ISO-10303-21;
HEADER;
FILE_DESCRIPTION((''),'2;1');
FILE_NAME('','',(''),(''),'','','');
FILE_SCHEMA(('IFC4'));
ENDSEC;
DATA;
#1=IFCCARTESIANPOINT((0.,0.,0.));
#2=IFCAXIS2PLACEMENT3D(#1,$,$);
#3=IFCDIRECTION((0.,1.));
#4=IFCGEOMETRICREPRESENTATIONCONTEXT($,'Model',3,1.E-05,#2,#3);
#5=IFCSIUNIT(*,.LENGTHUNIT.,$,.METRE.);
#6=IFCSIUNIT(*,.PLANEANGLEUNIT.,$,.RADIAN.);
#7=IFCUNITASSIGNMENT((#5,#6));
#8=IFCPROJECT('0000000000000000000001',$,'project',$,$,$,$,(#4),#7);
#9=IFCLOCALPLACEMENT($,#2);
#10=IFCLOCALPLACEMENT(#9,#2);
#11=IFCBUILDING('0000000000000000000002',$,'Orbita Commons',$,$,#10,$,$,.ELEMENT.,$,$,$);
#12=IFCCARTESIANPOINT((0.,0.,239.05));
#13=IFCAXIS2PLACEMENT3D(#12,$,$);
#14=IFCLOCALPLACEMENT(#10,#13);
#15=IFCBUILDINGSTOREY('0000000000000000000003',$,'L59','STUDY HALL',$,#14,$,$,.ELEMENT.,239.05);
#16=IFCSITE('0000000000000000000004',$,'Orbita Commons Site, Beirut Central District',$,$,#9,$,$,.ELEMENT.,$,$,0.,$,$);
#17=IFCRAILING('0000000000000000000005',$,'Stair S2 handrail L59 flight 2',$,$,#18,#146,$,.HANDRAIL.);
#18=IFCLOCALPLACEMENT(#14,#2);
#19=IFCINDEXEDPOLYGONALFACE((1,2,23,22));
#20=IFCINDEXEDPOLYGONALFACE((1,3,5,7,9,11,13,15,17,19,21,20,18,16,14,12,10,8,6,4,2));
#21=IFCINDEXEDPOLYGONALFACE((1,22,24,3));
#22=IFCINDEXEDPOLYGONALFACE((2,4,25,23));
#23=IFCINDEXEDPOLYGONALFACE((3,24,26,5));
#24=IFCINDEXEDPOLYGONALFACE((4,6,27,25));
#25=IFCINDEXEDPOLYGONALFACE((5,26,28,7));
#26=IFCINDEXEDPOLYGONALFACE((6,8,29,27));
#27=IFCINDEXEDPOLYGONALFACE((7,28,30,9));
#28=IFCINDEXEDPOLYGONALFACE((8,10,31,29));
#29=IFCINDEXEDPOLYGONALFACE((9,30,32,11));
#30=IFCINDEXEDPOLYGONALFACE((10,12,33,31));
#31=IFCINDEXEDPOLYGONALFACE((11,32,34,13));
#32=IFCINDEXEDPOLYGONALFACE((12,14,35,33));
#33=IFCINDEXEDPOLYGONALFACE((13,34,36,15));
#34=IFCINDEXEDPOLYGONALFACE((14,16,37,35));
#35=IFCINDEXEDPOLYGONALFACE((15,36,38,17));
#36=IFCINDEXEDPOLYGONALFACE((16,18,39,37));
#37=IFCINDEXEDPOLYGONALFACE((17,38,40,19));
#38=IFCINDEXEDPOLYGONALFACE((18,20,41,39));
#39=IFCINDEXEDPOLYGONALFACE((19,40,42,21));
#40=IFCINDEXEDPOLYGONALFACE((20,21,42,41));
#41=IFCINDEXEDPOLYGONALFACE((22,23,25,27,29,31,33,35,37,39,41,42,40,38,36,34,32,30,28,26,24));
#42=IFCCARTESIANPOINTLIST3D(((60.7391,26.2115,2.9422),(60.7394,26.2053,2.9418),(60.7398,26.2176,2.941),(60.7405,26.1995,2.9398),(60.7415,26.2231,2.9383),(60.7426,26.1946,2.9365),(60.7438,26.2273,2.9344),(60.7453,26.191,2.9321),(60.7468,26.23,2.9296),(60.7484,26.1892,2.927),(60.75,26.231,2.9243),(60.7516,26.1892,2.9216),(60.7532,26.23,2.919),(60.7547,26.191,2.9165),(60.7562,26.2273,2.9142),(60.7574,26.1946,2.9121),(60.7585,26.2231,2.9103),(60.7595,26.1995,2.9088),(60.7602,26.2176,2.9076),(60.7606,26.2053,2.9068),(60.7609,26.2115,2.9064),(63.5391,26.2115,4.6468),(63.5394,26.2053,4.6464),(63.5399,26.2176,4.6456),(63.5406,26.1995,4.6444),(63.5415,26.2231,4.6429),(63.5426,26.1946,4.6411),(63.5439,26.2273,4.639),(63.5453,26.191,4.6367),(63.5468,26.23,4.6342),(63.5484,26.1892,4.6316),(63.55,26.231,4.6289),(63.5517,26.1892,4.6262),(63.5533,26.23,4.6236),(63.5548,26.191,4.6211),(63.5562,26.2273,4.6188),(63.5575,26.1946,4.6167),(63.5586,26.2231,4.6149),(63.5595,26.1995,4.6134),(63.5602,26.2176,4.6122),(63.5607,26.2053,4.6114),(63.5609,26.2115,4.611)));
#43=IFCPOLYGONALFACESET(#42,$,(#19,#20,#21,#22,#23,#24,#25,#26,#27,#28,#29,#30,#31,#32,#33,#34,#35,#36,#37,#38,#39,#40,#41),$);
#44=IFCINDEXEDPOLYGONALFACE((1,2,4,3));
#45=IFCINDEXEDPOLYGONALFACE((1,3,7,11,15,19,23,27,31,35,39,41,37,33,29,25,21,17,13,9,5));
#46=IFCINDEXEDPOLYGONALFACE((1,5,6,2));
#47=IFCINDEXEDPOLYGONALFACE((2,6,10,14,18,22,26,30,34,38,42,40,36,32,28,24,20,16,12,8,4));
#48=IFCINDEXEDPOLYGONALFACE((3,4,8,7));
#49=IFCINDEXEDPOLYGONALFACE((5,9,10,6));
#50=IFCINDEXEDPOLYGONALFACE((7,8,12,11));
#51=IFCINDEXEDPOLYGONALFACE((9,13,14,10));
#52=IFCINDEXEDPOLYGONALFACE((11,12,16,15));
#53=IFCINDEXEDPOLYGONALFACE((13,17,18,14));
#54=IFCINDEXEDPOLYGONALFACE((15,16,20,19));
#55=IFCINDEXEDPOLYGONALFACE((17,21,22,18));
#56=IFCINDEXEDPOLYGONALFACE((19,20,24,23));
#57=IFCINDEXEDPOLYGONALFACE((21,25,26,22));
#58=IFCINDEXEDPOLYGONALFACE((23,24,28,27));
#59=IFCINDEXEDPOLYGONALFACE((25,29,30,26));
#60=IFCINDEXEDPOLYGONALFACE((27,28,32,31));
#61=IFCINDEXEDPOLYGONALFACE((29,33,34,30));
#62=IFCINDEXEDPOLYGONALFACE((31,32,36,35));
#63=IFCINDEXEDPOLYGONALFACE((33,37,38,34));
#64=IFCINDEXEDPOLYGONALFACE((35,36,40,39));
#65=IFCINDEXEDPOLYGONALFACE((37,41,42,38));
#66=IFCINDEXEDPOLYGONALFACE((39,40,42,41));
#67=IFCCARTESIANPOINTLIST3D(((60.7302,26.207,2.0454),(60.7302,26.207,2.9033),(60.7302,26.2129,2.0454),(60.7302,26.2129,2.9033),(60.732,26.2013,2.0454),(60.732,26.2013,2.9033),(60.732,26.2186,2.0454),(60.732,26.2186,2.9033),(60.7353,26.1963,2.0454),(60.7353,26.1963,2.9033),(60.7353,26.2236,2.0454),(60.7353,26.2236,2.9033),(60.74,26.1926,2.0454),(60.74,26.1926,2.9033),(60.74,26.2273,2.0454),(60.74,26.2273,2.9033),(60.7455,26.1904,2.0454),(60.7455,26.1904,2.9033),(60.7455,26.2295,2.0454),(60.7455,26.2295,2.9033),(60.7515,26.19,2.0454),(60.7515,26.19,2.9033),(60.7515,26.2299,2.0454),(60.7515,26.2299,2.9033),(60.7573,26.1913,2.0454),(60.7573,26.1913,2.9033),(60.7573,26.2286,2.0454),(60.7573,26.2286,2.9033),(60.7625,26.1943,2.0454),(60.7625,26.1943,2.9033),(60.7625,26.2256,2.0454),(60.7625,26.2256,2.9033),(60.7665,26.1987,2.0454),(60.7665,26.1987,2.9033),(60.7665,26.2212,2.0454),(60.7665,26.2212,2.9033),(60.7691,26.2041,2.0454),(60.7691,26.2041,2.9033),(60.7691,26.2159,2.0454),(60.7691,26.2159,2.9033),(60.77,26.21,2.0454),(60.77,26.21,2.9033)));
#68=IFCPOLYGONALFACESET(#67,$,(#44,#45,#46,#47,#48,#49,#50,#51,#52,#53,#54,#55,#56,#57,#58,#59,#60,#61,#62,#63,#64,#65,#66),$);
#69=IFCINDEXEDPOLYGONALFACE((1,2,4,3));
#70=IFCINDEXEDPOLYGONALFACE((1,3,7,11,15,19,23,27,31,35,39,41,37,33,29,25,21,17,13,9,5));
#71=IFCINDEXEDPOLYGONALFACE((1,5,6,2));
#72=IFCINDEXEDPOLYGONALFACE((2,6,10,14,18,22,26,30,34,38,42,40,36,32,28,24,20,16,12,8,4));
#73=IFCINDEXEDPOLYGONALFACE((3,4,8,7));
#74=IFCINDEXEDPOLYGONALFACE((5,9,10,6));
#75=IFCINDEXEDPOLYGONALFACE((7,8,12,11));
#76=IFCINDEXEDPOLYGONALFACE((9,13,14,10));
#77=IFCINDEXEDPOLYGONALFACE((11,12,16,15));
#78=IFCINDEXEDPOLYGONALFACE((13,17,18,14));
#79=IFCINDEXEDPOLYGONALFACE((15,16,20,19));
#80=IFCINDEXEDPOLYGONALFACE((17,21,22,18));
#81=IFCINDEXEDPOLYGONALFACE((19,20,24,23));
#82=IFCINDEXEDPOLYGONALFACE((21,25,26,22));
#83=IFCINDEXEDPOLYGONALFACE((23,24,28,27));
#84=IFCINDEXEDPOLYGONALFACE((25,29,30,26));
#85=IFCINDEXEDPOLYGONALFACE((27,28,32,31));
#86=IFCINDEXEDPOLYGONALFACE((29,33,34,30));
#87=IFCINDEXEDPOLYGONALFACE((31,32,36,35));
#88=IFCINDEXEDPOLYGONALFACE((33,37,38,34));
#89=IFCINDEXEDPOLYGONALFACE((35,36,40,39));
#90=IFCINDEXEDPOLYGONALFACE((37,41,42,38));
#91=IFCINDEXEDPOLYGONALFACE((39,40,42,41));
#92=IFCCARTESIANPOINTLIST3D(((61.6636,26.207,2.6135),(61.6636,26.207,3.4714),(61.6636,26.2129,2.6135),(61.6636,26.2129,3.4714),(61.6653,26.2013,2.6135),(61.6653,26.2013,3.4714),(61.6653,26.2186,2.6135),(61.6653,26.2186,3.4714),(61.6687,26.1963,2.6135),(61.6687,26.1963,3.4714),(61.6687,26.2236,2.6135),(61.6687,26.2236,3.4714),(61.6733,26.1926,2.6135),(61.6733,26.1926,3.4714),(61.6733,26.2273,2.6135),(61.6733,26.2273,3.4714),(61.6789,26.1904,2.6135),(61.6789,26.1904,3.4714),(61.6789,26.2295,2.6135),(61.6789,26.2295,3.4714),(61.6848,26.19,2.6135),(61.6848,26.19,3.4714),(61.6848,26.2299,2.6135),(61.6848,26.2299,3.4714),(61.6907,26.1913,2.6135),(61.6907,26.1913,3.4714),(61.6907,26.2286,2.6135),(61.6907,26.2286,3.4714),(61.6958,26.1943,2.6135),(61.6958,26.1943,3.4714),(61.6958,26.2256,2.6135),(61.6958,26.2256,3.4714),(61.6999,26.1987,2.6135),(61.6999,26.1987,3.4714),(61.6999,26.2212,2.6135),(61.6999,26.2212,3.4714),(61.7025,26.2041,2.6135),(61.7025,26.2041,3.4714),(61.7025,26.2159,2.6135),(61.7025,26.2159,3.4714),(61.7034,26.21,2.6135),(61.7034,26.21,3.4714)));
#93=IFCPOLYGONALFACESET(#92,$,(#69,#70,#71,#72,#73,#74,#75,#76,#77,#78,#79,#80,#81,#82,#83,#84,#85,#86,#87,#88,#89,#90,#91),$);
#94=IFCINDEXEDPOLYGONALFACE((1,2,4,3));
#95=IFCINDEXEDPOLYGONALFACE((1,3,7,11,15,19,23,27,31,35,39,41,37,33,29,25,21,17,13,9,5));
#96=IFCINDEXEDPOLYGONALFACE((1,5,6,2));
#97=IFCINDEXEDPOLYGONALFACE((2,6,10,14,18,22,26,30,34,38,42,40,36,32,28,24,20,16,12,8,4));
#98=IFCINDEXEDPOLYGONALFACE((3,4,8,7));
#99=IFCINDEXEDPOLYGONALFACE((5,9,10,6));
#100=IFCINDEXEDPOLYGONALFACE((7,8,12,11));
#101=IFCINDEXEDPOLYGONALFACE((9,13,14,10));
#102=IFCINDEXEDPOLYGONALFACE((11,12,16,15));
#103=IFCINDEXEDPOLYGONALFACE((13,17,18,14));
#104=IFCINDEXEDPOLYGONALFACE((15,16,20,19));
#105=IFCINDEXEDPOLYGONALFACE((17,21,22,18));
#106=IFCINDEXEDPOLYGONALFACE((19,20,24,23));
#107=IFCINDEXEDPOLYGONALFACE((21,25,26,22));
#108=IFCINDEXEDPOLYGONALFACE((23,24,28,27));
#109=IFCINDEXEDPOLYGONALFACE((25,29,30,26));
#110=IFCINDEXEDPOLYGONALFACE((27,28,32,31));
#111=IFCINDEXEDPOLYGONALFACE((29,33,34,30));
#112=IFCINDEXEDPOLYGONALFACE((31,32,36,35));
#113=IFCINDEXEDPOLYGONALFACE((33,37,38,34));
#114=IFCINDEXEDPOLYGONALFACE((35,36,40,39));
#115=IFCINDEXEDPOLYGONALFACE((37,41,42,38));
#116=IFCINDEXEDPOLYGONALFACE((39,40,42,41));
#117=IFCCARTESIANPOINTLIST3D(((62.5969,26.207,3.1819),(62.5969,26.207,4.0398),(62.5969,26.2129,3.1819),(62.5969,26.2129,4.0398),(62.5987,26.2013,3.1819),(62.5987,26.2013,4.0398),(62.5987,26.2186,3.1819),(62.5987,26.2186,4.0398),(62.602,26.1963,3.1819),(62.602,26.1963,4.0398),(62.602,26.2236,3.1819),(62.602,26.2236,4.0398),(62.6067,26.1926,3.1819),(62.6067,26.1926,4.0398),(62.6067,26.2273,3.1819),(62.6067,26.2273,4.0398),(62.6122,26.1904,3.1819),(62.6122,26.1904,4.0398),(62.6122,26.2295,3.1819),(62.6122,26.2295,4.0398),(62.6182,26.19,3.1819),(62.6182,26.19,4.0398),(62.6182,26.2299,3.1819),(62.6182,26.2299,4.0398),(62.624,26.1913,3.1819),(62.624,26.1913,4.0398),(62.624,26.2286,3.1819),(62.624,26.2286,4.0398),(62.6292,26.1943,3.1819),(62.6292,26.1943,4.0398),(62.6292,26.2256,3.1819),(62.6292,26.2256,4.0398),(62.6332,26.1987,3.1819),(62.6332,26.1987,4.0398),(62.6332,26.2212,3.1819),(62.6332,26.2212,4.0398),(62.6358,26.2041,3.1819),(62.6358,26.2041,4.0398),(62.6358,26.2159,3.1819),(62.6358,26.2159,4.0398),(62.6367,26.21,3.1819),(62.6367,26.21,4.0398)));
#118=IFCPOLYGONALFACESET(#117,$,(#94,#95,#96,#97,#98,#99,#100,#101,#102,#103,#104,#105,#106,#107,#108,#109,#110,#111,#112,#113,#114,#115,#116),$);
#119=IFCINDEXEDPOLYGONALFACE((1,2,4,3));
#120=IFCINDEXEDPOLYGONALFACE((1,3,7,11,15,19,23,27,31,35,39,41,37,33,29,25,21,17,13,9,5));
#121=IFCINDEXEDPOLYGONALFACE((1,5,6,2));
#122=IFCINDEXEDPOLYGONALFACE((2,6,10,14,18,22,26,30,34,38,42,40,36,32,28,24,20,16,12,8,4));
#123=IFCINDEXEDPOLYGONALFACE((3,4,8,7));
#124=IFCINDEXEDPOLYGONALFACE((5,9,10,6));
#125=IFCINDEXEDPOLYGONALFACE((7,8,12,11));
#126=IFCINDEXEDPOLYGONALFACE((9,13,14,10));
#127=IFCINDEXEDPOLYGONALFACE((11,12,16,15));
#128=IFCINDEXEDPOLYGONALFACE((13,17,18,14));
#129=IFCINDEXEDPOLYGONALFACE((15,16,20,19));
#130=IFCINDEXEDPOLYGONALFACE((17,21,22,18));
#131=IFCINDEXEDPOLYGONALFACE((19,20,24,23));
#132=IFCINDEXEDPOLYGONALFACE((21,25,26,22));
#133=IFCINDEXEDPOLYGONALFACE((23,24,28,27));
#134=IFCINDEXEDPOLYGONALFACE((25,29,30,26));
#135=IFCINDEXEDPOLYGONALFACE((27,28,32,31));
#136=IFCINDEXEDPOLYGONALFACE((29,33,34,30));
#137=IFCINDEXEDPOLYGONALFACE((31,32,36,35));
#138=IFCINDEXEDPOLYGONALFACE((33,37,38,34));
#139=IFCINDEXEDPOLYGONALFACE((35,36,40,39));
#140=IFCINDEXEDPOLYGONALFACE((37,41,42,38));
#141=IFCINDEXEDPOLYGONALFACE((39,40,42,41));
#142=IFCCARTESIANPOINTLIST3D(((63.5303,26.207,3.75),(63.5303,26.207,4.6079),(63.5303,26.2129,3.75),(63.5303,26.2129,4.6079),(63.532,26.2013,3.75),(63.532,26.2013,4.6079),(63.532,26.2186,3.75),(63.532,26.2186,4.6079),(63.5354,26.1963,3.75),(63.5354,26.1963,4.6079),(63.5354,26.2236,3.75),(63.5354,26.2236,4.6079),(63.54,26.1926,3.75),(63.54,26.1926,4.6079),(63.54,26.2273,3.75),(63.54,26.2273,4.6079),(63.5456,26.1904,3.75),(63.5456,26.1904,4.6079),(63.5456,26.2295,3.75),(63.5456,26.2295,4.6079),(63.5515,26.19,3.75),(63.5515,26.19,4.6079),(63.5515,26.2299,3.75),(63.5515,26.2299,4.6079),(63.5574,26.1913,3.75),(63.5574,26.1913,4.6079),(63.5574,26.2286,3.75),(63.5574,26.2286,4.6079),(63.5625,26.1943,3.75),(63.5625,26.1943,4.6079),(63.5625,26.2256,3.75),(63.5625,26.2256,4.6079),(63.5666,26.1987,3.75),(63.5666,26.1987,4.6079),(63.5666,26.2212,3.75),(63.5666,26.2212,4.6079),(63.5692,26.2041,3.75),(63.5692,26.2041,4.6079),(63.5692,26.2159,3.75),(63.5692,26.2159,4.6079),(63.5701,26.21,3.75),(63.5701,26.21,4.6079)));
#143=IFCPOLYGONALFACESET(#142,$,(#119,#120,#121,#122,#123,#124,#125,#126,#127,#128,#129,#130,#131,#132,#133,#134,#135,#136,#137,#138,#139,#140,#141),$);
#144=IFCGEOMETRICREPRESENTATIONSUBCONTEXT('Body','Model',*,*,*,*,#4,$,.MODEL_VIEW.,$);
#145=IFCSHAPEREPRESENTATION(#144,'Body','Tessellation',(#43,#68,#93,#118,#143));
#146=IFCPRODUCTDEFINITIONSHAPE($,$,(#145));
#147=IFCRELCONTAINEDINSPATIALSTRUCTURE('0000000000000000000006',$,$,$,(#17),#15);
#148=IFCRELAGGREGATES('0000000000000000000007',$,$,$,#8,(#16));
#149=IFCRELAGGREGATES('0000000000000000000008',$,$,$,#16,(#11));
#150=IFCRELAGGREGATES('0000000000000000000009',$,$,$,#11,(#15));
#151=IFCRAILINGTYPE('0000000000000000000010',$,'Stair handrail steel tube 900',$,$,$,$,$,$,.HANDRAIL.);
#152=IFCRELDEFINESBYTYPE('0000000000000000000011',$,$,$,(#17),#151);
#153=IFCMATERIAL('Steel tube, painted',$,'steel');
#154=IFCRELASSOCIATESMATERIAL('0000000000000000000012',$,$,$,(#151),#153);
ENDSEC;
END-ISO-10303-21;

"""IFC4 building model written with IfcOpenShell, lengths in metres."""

from ifc_helpers import new_model, si_unit, direction, frame, origin, origin_2d, place, context, subcontext, project, spatial, circle, extrude, material, type_object, element, save


model = new_model("IFC4")

# Units and contexts
model_context = context("Model", 3, precision=1e-05, world=origin(), true_north=direction((0.0, 1.0)))
body_context = subcontext(model_context, "Body", "Model", "MODEL_VIEW")
ifc_project = project(units=[si_unit("LENGTHUNIT", "METRE"), si_unit("PLANEANGLEUNIT", "RADIAN")], contexts=[model_context])

# Site, building, storey
site_placement = place(None, origin())
site = spatial("IfcSite", under=ifc_project, at=site_placement, Name="Orbita Commons Site, Beirut Central District", CompositionType="ELEMENT", RefElevation=0.0)
building_placement = place(site_placement, origin())
building = spatial("IfcBuilding", under=site, at=building_placement, Name="Orbita Commons", CompositionType="ELEMENT")
storey_placement = place(building_placement, frame((0.0, 0.0, 239.05)))
storey = spatial("IfcBuildingStorey", under=building, at=storey_placement, Name="L59", Description="STUDY HALL", CompositionType="ELEMENT", Elevation=239.05)

# Railing
ifc_material_1 = material(Name="Steel tube, painted", Category="steel")
railing_type = type_object("IfcRailingType", Name="Stair handrail steel tube 900", PredefinedType="HANDRAIL", material=ifc_material_1)
for number, where, name in (
    (1, (60.75, 26.21, 2.0454), "Stair S2 handrail L59 flight 2"),
):
    element("IfcRailing", number, at=place(storey_placement, frame(where)), inside=storey, type_object=railing_type, Name=name, PredefinedType="HANDRAIL", context=body_context, shape_type="SweptSolid", body=[
        extrude(circle(Radius=0.021, at=origin_2d()), frame((0.0, 0.0, 0.8789), z_axis=(0.85417, 0.0, 0.519994), x_axis=(0.0, 1.0, 0.0)), (0.0, 0.0, 1.0), 3.2781),
        extrude(circle(Radius=0.02, at=origin_2d()), origin(), (0.0, 0.0, 1.0), 0.8579),
        extrude(circle(Radius=0.02, at=origin_2d()), frame((0.9333, 0.0, 0.5681)), (0.0, 0.0, 1.0), 0.8579),
        extrude(circle(Radius=0.02, at=origin_2d()), frame((1.8667, 0.0, 1.1365)), (0.0, 0.0, 1.0), 0.8579),
        extrude(circle(Radius=0.02, at=origin_2d()), frame((2.8, 0.0, 1.7046)), (0.0, 0.0, 1.0), 0.8579),
    ])

save(model, "model.ifc")
